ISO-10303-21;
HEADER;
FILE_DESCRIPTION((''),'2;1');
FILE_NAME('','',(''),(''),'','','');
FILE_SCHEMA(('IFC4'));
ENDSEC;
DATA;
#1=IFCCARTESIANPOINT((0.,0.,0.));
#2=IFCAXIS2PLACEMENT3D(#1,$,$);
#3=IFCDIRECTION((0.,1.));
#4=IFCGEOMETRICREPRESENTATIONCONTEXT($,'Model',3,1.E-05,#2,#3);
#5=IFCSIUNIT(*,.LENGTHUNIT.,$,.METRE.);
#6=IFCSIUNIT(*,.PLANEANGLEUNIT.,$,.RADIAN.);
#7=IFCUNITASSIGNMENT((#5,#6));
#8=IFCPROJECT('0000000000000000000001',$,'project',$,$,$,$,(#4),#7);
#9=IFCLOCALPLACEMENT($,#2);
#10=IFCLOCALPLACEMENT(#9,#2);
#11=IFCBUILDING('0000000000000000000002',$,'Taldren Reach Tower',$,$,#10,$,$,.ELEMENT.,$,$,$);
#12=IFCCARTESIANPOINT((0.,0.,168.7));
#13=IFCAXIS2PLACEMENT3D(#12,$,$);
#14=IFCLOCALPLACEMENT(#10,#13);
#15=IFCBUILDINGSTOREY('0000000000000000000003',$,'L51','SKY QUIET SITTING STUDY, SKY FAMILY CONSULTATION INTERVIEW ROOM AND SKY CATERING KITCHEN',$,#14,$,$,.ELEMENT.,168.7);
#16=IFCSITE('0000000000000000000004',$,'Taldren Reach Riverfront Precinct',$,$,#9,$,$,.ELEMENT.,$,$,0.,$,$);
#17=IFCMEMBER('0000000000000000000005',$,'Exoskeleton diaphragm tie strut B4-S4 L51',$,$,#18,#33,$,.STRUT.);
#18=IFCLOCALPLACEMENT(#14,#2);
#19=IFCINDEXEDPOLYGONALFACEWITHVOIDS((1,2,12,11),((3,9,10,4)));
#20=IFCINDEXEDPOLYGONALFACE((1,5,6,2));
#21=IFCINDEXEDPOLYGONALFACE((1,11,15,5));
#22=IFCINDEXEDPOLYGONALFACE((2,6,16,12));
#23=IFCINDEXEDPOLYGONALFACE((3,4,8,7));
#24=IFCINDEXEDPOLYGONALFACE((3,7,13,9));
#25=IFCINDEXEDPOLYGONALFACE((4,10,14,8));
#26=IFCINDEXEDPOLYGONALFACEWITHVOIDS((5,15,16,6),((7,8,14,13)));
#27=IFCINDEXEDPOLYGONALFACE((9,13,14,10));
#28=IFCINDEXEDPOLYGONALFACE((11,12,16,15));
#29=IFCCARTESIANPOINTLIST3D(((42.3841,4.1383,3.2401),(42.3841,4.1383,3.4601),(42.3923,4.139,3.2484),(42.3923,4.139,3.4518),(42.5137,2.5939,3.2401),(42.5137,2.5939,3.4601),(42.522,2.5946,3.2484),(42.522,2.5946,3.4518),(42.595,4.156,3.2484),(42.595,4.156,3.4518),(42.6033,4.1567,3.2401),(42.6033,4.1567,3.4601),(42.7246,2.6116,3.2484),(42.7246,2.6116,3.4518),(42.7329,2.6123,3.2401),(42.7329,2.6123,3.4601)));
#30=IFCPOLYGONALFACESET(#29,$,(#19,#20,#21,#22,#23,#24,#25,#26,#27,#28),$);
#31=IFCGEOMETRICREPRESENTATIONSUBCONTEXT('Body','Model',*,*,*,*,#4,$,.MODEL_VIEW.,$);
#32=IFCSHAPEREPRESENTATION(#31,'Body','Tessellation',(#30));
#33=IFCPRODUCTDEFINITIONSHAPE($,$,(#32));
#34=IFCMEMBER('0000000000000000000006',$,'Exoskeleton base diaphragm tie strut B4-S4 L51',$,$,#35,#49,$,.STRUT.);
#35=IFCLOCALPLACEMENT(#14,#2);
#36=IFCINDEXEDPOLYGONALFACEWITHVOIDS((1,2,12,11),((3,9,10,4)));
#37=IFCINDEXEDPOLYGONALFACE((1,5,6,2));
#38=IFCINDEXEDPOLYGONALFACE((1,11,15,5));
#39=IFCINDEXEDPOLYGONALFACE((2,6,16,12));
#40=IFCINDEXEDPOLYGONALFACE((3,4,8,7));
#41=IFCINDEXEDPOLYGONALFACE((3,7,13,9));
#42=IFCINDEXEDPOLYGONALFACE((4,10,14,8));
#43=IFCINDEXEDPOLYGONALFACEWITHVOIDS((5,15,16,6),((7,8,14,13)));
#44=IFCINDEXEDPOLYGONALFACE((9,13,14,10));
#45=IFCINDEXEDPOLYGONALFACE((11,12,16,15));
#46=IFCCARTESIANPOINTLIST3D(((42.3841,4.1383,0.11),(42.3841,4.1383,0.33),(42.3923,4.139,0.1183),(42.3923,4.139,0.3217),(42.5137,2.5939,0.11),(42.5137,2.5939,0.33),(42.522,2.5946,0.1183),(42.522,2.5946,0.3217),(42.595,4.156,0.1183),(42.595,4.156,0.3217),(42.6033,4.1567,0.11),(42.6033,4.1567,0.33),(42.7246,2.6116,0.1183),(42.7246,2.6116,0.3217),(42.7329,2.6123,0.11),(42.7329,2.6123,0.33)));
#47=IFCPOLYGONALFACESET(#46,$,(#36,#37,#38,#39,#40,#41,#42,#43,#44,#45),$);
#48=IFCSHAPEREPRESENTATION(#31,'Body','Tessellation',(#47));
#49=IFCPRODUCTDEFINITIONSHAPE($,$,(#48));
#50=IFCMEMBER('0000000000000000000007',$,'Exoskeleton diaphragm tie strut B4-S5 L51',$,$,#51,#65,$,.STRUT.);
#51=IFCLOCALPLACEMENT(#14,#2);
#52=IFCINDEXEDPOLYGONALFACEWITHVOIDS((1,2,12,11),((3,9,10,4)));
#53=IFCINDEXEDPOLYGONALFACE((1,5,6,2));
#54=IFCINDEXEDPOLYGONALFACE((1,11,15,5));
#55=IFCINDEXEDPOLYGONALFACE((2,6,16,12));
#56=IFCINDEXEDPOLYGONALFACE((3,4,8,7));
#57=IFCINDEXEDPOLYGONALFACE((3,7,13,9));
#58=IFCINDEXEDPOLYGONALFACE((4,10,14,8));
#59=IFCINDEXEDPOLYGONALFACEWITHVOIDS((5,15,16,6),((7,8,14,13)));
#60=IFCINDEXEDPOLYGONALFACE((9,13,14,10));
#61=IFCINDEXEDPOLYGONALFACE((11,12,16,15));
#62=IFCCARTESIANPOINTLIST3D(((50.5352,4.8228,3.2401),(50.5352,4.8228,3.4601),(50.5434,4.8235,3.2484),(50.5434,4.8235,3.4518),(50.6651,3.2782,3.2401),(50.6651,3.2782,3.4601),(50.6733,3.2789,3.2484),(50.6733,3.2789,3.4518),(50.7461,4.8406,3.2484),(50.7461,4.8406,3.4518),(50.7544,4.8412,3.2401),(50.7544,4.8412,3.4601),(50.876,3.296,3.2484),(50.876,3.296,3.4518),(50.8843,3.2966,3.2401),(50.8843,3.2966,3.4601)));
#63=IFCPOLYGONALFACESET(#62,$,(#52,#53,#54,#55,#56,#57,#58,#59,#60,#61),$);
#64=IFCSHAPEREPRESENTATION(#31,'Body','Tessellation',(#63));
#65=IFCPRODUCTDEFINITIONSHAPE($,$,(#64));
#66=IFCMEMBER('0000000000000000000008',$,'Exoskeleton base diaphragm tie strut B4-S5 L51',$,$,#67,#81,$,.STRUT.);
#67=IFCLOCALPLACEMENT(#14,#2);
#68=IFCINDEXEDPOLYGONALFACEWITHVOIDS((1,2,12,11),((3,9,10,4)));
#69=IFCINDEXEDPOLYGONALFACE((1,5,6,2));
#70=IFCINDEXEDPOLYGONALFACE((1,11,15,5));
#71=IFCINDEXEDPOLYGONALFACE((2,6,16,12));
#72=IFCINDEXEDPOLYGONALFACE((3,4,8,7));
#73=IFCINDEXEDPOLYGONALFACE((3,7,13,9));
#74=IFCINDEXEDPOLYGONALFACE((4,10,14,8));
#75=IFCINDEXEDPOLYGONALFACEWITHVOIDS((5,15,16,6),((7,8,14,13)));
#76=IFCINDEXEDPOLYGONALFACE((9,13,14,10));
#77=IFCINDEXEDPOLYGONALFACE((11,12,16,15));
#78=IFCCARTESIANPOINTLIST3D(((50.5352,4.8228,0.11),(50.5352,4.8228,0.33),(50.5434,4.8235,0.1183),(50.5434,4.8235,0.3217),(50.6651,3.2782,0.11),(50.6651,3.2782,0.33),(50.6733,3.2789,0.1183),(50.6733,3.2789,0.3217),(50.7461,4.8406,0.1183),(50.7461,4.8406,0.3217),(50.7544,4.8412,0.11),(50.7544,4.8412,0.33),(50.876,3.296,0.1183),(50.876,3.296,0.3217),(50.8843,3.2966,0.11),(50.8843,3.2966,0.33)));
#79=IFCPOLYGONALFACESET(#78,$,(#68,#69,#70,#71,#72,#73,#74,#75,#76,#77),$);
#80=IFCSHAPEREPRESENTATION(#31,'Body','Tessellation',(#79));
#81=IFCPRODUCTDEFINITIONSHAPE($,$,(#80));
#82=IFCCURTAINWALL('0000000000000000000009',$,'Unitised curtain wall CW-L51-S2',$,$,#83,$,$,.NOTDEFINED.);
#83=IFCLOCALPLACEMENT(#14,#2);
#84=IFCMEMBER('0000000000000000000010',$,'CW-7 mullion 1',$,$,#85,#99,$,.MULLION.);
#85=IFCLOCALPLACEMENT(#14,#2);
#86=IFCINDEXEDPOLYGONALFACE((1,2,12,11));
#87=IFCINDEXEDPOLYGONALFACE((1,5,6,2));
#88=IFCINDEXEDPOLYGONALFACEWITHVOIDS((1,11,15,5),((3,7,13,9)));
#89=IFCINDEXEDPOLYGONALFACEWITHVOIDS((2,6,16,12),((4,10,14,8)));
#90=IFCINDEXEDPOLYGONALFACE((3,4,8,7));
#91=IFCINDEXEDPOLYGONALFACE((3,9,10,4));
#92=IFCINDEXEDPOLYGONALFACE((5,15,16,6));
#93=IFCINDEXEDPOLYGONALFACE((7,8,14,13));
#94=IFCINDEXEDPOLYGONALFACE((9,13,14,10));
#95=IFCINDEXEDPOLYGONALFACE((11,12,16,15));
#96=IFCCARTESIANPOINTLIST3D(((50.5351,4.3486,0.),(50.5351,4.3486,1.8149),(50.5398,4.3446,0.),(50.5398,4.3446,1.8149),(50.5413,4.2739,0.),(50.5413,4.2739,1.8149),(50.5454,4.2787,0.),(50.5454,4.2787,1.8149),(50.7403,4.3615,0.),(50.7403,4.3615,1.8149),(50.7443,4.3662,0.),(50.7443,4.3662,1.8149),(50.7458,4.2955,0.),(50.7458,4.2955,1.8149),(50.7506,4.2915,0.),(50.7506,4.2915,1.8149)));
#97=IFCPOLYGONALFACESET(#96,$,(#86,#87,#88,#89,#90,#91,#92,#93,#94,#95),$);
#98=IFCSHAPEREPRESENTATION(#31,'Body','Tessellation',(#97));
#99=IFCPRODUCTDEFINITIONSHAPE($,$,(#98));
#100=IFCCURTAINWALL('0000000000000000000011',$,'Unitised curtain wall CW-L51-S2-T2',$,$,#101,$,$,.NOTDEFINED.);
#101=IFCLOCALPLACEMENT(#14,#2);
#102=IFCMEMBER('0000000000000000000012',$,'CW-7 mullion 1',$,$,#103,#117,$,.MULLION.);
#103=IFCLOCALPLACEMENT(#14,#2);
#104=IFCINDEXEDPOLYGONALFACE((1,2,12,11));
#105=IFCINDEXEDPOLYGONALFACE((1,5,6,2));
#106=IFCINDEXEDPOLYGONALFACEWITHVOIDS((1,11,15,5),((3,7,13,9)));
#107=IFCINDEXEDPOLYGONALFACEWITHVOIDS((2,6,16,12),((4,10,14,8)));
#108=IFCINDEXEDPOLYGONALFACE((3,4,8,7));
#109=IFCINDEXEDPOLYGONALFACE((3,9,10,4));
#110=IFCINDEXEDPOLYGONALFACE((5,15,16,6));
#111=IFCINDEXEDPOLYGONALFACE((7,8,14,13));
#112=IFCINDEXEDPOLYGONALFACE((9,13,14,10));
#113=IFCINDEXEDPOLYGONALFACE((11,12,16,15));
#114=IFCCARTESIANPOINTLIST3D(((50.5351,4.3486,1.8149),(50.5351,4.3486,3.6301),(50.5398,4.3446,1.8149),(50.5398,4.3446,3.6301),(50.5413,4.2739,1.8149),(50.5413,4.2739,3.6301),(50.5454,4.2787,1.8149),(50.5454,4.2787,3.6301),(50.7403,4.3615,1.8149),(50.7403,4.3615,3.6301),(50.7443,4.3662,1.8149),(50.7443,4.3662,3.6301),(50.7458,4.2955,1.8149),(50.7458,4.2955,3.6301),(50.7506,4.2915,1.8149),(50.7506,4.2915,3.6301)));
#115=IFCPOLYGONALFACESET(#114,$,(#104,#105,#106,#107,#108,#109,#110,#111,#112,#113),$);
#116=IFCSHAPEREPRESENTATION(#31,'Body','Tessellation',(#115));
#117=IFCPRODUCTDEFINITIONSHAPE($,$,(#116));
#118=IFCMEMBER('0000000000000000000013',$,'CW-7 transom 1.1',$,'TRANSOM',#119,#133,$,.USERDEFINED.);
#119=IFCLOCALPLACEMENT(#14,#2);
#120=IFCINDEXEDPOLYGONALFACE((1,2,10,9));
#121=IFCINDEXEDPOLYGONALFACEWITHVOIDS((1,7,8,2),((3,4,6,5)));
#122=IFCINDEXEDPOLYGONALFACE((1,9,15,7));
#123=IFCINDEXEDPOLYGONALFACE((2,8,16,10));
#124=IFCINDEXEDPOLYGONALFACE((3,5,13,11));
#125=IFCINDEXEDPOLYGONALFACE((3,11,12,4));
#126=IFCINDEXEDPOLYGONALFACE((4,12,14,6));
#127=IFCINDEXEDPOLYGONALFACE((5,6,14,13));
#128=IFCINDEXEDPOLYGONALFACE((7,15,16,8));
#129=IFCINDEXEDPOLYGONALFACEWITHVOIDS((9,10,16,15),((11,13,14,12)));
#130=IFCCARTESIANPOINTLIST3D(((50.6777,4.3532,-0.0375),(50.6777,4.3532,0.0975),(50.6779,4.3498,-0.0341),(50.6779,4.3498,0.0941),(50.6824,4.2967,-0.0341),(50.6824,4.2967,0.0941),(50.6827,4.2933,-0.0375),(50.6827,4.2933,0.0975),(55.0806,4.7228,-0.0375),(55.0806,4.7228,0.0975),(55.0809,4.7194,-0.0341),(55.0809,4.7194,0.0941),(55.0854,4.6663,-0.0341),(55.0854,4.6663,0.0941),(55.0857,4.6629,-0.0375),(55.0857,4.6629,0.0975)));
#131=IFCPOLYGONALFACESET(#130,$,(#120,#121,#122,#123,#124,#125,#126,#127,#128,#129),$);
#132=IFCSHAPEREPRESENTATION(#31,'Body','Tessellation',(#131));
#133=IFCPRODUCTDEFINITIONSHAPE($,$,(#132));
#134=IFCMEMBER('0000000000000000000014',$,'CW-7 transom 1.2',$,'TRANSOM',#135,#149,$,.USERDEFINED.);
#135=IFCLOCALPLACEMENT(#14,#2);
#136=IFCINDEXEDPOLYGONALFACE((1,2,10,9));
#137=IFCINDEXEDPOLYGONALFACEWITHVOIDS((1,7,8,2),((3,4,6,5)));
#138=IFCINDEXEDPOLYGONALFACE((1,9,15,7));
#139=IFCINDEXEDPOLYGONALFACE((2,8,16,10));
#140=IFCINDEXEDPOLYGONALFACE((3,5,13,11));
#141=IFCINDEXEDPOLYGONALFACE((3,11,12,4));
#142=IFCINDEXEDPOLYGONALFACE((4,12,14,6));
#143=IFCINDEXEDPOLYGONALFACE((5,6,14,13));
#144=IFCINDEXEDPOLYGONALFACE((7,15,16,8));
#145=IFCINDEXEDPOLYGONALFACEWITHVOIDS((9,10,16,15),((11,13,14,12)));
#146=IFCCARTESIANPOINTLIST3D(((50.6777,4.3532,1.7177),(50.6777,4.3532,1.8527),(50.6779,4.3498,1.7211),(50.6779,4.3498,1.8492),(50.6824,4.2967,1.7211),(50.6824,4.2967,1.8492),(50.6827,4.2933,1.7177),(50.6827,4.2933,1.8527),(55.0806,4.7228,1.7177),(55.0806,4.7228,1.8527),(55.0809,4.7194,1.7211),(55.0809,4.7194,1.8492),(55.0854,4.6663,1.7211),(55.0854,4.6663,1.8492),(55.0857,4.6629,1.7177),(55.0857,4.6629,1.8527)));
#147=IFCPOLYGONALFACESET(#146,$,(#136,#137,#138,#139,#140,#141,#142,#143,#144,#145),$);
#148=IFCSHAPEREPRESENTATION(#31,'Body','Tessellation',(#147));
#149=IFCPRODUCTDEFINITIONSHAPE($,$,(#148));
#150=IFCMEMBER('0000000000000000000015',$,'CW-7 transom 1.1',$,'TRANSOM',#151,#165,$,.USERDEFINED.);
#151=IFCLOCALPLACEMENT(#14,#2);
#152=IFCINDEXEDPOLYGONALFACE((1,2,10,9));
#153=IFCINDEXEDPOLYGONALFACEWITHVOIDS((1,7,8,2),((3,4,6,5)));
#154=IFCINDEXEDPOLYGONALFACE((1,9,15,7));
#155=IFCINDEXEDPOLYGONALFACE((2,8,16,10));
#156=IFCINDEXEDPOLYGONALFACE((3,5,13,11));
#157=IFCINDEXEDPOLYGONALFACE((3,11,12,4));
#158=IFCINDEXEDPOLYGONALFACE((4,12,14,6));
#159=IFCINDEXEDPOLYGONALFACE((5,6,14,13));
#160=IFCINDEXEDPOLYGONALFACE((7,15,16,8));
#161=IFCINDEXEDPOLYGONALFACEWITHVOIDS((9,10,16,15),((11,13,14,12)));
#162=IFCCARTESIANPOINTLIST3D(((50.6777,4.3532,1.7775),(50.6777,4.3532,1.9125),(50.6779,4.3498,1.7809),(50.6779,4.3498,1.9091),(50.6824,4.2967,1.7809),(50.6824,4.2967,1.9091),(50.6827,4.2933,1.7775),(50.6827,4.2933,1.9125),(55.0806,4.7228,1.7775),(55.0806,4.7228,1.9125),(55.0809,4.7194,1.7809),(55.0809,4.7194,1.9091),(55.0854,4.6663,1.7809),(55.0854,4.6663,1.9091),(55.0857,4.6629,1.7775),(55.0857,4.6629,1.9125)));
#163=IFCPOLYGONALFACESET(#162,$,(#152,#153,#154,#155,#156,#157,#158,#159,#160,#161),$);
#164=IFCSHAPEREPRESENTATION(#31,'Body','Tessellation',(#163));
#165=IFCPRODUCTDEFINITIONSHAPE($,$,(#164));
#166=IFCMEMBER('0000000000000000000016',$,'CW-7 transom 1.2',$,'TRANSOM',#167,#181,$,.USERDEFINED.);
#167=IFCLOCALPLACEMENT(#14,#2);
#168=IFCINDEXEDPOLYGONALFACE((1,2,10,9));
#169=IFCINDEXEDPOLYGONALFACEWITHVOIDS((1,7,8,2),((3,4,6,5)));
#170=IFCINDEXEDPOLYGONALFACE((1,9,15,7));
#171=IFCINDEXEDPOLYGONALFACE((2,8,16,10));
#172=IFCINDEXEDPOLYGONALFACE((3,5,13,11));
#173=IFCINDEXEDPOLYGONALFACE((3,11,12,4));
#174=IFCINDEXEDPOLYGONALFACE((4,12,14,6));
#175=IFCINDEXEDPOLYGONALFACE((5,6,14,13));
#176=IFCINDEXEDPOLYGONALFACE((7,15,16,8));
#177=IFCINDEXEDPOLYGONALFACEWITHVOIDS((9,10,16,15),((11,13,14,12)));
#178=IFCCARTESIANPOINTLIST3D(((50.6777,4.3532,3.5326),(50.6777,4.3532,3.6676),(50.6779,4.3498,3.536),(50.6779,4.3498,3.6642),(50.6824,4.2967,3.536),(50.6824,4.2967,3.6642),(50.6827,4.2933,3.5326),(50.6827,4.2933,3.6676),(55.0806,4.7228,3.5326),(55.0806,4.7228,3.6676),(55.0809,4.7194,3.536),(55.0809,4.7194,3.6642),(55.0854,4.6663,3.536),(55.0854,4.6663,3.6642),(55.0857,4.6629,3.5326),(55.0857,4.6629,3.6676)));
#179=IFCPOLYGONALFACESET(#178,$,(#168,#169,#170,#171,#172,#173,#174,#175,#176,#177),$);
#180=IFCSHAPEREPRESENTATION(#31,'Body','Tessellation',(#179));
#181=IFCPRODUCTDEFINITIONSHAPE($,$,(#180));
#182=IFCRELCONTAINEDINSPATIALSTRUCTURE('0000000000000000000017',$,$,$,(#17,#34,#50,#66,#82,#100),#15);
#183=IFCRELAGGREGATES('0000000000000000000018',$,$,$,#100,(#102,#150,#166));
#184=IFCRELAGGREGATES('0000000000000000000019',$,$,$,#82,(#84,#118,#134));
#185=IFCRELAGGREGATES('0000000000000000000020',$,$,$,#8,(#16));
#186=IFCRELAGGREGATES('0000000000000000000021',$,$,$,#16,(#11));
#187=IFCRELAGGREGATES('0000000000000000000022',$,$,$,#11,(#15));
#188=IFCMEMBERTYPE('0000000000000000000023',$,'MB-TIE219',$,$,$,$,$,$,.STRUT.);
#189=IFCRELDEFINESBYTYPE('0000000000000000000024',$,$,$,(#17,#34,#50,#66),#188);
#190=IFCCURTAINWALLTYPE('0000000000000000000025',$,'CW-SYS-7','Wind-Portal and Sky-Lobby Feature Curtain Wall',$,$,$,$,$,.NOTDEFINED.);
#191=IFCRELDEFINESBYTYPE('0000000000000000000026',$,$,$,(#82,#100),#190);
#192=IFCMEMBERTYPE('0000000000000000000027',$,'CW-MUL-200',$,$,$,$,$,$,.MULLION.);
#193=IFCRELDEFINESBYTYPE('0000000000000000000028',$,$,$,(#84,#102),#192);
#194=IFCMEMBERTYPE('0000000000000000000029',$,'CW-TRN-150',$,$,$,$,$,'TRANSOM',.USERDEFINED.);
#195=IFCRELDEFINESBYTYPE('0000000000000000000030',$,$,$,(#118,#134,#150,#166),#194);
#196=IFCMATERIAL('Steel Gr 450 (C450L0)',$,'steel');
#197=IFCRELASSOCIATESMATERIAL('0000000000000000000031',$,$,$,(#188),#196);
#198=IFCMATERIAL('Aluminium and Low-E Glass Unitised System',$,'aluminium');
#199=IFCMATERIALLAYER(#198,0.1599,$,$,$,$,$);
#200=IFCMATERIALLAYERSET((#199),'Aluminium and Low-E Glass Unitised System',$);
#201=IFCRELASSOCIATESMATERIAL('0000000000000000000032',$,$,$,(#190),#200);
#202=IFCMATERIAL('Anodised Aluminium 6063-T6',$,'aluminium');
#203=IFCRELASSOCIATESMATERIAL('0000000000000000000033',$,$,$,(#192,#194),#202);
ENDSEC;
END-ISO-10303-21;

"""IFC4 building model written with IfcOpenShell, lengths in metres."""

from ifc_helpers import new_model, si_unit, direction, frame, origin, origin_2d, place, context, subcontext, project, spatial, hollow_rectangle, extrude, source, transform, mapped, material, layer, layer_set, material_profile, profile_set, type_object, element, aggregate, save


model = new_model("IFC4")

# Units and contexts
model_context = context("Model", 3, precision=1e-05, world=origin(), true_north=direction((0.0, 1.0)))
body_context = subcontext(model_context, "Body", "Model", "MODEL_VIEW")
ifc_project = project(units=[si_unit("LENGTHUNIT", "METRE"), si_unit("PLANEANGLEUNIT", "RADIAN")], contexts=[model_context])

# Site, building, storey
site_placement = place(None, origin())
site = spatial("IfcSite", under=ifc_project, at=site_placement, Name="Taldren Reach Riverfront Precinct", CompositionType="ELEMENT", RefElevation=0.0)
building_placement = place(site_placement, origin())
building = spatial("IfcBuilding", under=site, at=building_placement, Name="Taldren Reach Tower", CompositionType="ELEMENT")
storey_placement = place(building_placement, frame((0.0, 0.0, 168.7)))
storey = spatial("IfcBuildingStorey", under=building, at=storey_placement, Name="L51", Description="SKY QUIET SITTING STUDY, SKY FAMILY CONSULTATION INTERVIEW ROOM AND SKY CATERING KITCHEN", CompositionType="ELEMENT", Elevation=168.7)

# Members
ifc_material_1 = material(Name="Steel Gr 450 (C450L0)", Category="steel")
ifc_material_profile_1 = material_profile(ifc_material_1, hollow_rectangle(XDim=0.22, YDim=0.22, WallThickness=0.0083, at=origin_2d()), Name="220x220x8.2SHS")
ifc_profile_set_1 = profile_set([ifc_material_profile_1], Name="Steel Gr 450 (C450L0)")
member_type_1 = type_object("IfcMemberType", Name="MB-TIE219", PredefinedType="STRUT", material=ifc_profile_set_1)
shared_shape_1 = source(origin(), body_context, "Body", "SweptSolid", [
    extrude(hollow_rectangle(XDim=0.22, YDim=0.22, WallThickness=0.0083, at=origin_2d()), origin(), (0.0, 0.0, 1.0), 1.5498),
])
for number, where, z_axis, x_axis, name in (
    (1, (42.4937, 4.1475, 3.3501), (0.083645, -0.996496, 0.0), (0.996496, 0.083645, 0.0), "Exoskeleton diaphragm tie strut B4-S4 L51"),
    (2, (42.4937, 4.1475, 0.22), (0.083645, -0.996496, 0.0), (0.996496, 0.083645, 0.0), "Exoskeleton base diaphragm tie strut B4-S4 L51"),
):
    element("IfcMember", number, at=place(storey_placement, frame(where, z_axis=z_axis, x_axis=x_axis)), inside=storey, type_object=member_type_1, Name=name, PredefinedType="STRUT", context=body_context, shape_type="MappedRepresentation", body=[
        mapped(shared_shape_1, transform((0.0, 0.0, 0.0), scale=1.0)),
    ])
shared_shape_2 = source(origin(), body_context, "Body", "SweptSolid", [
    extrude(hollow_rectangle(XDim=0.22, YDim=0.22, WallThickness=0.0083, at=origin_2d()), origin(), (0.0, 0.0, 1.0), 1.55),
])
for number, where, z_axis, x_axis, name in (
    (3, (50.6448, 4.832, 3.3501), (0.083788, -0.996484, 0.0), (0.996484, 0.083788, 0.0), "Exoskeleton diaphragm tie strut B4-S5 L51"),
    (4, (50.6448, 4.832, 0.22), (0.083788, -0.996484, 0.0), (0.996484, 0.083788, 0.0), "Exoskeleton base diaphragm tie strut B4-S5 L51"),
):
    element("IfcMember", number, at=place(storey_placement, frame(where, z_axis=z_axis, x_axis=x_axis)), inside=storey, type_object=member_type_1, Name=name, PredefinedType="STRUT", context=body_context, shape_type="MappedRepresentation", body=[
        mapped(shared_shape_2, transform((0.0, 0.0, 0.0), scale=1.0)),
    ])

# Curtain walls, members
ifc_material_2 = material(Name="Aluminium and Low-E Glass Unitised System", Category="aluminium")
ifc_layer_1 = layer(ifc_material_2, 0.1599)
ifc_layer_set_1 = layer_set([ifc_layer_1], Name="Aluminium and Low-E Glass Unitised System")
curtain_wall_type = type_object("IfcCurtainWallType", Name="CW-SYS-7", Description="Wind-Portal and Sky-Lobby Feature Curtain Wall", PredefinedType="NOTDEFINED", material=ifc_layer_set_1)
curtain_wall_1_placement = place(storey_placement, origin())
curtain_wall_1 = element("IfcCurtainWall", 5, at=curtain_wall_1_placement, inside=storey, type_object=curtain_wall_type, Name="Unitised curtain wall CW-L51-S2", PredefinedType="NOTDEFINED")
ifc_material_3 = material(Name="Anodised Aluminium 6063-T6", Category="aluminium")
ifc_material_profile_2 = material_profile(ifc_material_3, hollow_rectangle(XDim=0.075, YDim=0.21, WallThickness=0.0044, at=origin_2d()), Name="ALU-210x75x4.5RHS")
ifc_profile_set_2 = profile_set([ifc_material_profile_2], Name="Anodised Aluminium 6063-T6")
member_type_2 = type_object("IfcMemberType", Name="CW-MUL-200", PredefinedType="MULLION", material=ifc_profile_set_2)
shared_shape_3 = source(origin(), body_context, "Body", "SweptSolid", [
    extrude(hollow_rectangle(XDim=0.075, YDim=0.21, WallThickness=0.0044, at=origin_2d()), origin(), (0.0, 0.0, 1.0), 1.8149),
])
member_1_placement = place(storey_placement, frame((50.6428, 4.3201, 0.0), z_axis=(0.0, 0.0, 1.0), x_axis=(-0.083678, 0.996493, 0.0)))
member_1 = element("IfcMember", 6, at=member_1_placement, type_object=member_type_2, Name="CW-7 mullion 1", PredefinedType="MULLION", context=body_context, shape_type="MappedRepresentation", body=[
    mapped(shared_shape_3, transform((0.0, 0.0, 0.0), scale=1.0)),
])
curtain_wall_2_placement = place(storey_placement, origin())
curtain_wall_2 = element("IfcCurtainWall", 7, at=curtain_wall_2_placement, inside=storey, type_object=curtain_wall_type, Name="Unitised curtain wall CW-L51-S2-T2", PredefinedType="NOTDEFINED")
shared_shape_4 = source(origin(), body_context, "Body", "SweptSolid", [
    extrude(hollow_rectangle(XDim=0.075, YDim=0.21, WallThickness=0.0044, at=origin_2d()), origin(), (0.0, 0.0, 1.0), 1.8152),
])
member_2_placement = place(storey_placement, frame((50.6428, 4.3201, 1.8149), z_axis=(0.0, 0.0, 1.0), x_axis=(-0.083678, 0.996493, 0.0)))
member_2 = element("IfcMember", 8, at=member_2_placement, type_object=member_type_2, Name="CW-7 mullion 1", PredefinedType="MULLION", context=body_context, shape_type="MappedRepresentation", body=[
    mapped(shared_shape_4, transform((0.0, 0.0, 0.0), scale=1.0)),
])

# Members
ifc_material_profile_3 = material_profile(ifc_material_3, hollow_rectangle(XDim=0.0601, YDim=0.135, WallThickness=0.0034, at=origin_2d()), Name="ALU-135x60x3.5RHS")
ifc_profile_set_3 = profile_set([ifc_material_profile_3], Name="Anodised Aluminium 6063-T6")
member_type_3 = type_object("IfcMemberType", Name="CW-TRN-150", ElementType="TRANSOM", PredefinedType="USERDEFINED", material=ifc_profile_set_3)
shared_shape_5 = source(origin(), body_context, "Body", "SweptSolid", [
    extrude(hollow_rectangle(XDim=0.0601, YDim=0.135, WallThickness=0.0034, at=origin_2d()), origin(), (0.0, 0.0, 1.0), 4.4185),
])
member_3_placement = place(storey_placement, frame((50.6802, 4.3232, 0.03), z_axis=(0.996495, 0.083654, 0.0), x_axis=(-0.083654, 0.996495, 0.0)))
member_3 = element("IfcMember", 9, at=member_3_placement, type_object=member_type_3, Name="CW-7 transom 1.1", ObjectType="TRANSOM", PredefinedType="USERDEFINED", context=body_context, shape_type="MappedRepresentation", body=[
    mapped(shared_shape_5, transform((0.0, 0.0, 0.0), scale=1.0)),
])
member_4_placement = place(storey_placement, frame((50.6802, 4.3232, 1.7852), z_axis=(0.996495, 0.083654, 0.0), x_axis=(-0.083654, 0.996495, 0.0)))
member_4 = element("IfcMember", 10, at=member_4_placement, type_object=member_type_3, Name="CW-7 transom 1.2", ObjectType="TRANSOM", PredefinedType="USERDEFINED", context=body_context, shape_type="MappedRepresentation", body=[
    mapped(shared_shape_5, transform((0.0, 0.0, 0.0), scale=1.0)),
])
member_5_placement = place(storey_placement, frame((50.6802, 4.3232, 1.845), z_axis=(0.996495, 0.083654, 0.0), x_axis=(-0.083654, 0.996495, 0.0)))
member_5 = element("IfcMember", 11, at=member_5_placement, type_object=member_type_3, Name="CW-7 transom 1.1", ObjectType="TRANSOM", PredefinedType="USERDEFINED", context=body_context, shape_type="MappedRepresentation", body=[
    mapped(shared_shape_5, transform((0.0, 0.0, 0.0), scale=1.0)),
])
member_6_placement = place(storey_placement, frame((50.6802, 4.3232, 3.6001), z_axis=(0.996495, 0.083654, 0.0), x_axis=(-0.083654, 0.996495, 0.0)))
member_6 = element("IfcMember", 12, at=member_6_placement, type_object=member_type_3, Name="CW-7 transom 1.2", ObjectType="TRANSOM", PredefinedType="USERDEFINED", context=body_context, shape_type="MappedRepresentation", body=[
    mapped(shared_shape_5, transform((0.0, 0.0, 0.0), scale=1.0)),
])
aggregate(curtain_wall_2, [member_2, member_5, member_6])

aggregate(curtain_wall_1, [member_1, member_3, member_4])

save(model, "model.ifc")
